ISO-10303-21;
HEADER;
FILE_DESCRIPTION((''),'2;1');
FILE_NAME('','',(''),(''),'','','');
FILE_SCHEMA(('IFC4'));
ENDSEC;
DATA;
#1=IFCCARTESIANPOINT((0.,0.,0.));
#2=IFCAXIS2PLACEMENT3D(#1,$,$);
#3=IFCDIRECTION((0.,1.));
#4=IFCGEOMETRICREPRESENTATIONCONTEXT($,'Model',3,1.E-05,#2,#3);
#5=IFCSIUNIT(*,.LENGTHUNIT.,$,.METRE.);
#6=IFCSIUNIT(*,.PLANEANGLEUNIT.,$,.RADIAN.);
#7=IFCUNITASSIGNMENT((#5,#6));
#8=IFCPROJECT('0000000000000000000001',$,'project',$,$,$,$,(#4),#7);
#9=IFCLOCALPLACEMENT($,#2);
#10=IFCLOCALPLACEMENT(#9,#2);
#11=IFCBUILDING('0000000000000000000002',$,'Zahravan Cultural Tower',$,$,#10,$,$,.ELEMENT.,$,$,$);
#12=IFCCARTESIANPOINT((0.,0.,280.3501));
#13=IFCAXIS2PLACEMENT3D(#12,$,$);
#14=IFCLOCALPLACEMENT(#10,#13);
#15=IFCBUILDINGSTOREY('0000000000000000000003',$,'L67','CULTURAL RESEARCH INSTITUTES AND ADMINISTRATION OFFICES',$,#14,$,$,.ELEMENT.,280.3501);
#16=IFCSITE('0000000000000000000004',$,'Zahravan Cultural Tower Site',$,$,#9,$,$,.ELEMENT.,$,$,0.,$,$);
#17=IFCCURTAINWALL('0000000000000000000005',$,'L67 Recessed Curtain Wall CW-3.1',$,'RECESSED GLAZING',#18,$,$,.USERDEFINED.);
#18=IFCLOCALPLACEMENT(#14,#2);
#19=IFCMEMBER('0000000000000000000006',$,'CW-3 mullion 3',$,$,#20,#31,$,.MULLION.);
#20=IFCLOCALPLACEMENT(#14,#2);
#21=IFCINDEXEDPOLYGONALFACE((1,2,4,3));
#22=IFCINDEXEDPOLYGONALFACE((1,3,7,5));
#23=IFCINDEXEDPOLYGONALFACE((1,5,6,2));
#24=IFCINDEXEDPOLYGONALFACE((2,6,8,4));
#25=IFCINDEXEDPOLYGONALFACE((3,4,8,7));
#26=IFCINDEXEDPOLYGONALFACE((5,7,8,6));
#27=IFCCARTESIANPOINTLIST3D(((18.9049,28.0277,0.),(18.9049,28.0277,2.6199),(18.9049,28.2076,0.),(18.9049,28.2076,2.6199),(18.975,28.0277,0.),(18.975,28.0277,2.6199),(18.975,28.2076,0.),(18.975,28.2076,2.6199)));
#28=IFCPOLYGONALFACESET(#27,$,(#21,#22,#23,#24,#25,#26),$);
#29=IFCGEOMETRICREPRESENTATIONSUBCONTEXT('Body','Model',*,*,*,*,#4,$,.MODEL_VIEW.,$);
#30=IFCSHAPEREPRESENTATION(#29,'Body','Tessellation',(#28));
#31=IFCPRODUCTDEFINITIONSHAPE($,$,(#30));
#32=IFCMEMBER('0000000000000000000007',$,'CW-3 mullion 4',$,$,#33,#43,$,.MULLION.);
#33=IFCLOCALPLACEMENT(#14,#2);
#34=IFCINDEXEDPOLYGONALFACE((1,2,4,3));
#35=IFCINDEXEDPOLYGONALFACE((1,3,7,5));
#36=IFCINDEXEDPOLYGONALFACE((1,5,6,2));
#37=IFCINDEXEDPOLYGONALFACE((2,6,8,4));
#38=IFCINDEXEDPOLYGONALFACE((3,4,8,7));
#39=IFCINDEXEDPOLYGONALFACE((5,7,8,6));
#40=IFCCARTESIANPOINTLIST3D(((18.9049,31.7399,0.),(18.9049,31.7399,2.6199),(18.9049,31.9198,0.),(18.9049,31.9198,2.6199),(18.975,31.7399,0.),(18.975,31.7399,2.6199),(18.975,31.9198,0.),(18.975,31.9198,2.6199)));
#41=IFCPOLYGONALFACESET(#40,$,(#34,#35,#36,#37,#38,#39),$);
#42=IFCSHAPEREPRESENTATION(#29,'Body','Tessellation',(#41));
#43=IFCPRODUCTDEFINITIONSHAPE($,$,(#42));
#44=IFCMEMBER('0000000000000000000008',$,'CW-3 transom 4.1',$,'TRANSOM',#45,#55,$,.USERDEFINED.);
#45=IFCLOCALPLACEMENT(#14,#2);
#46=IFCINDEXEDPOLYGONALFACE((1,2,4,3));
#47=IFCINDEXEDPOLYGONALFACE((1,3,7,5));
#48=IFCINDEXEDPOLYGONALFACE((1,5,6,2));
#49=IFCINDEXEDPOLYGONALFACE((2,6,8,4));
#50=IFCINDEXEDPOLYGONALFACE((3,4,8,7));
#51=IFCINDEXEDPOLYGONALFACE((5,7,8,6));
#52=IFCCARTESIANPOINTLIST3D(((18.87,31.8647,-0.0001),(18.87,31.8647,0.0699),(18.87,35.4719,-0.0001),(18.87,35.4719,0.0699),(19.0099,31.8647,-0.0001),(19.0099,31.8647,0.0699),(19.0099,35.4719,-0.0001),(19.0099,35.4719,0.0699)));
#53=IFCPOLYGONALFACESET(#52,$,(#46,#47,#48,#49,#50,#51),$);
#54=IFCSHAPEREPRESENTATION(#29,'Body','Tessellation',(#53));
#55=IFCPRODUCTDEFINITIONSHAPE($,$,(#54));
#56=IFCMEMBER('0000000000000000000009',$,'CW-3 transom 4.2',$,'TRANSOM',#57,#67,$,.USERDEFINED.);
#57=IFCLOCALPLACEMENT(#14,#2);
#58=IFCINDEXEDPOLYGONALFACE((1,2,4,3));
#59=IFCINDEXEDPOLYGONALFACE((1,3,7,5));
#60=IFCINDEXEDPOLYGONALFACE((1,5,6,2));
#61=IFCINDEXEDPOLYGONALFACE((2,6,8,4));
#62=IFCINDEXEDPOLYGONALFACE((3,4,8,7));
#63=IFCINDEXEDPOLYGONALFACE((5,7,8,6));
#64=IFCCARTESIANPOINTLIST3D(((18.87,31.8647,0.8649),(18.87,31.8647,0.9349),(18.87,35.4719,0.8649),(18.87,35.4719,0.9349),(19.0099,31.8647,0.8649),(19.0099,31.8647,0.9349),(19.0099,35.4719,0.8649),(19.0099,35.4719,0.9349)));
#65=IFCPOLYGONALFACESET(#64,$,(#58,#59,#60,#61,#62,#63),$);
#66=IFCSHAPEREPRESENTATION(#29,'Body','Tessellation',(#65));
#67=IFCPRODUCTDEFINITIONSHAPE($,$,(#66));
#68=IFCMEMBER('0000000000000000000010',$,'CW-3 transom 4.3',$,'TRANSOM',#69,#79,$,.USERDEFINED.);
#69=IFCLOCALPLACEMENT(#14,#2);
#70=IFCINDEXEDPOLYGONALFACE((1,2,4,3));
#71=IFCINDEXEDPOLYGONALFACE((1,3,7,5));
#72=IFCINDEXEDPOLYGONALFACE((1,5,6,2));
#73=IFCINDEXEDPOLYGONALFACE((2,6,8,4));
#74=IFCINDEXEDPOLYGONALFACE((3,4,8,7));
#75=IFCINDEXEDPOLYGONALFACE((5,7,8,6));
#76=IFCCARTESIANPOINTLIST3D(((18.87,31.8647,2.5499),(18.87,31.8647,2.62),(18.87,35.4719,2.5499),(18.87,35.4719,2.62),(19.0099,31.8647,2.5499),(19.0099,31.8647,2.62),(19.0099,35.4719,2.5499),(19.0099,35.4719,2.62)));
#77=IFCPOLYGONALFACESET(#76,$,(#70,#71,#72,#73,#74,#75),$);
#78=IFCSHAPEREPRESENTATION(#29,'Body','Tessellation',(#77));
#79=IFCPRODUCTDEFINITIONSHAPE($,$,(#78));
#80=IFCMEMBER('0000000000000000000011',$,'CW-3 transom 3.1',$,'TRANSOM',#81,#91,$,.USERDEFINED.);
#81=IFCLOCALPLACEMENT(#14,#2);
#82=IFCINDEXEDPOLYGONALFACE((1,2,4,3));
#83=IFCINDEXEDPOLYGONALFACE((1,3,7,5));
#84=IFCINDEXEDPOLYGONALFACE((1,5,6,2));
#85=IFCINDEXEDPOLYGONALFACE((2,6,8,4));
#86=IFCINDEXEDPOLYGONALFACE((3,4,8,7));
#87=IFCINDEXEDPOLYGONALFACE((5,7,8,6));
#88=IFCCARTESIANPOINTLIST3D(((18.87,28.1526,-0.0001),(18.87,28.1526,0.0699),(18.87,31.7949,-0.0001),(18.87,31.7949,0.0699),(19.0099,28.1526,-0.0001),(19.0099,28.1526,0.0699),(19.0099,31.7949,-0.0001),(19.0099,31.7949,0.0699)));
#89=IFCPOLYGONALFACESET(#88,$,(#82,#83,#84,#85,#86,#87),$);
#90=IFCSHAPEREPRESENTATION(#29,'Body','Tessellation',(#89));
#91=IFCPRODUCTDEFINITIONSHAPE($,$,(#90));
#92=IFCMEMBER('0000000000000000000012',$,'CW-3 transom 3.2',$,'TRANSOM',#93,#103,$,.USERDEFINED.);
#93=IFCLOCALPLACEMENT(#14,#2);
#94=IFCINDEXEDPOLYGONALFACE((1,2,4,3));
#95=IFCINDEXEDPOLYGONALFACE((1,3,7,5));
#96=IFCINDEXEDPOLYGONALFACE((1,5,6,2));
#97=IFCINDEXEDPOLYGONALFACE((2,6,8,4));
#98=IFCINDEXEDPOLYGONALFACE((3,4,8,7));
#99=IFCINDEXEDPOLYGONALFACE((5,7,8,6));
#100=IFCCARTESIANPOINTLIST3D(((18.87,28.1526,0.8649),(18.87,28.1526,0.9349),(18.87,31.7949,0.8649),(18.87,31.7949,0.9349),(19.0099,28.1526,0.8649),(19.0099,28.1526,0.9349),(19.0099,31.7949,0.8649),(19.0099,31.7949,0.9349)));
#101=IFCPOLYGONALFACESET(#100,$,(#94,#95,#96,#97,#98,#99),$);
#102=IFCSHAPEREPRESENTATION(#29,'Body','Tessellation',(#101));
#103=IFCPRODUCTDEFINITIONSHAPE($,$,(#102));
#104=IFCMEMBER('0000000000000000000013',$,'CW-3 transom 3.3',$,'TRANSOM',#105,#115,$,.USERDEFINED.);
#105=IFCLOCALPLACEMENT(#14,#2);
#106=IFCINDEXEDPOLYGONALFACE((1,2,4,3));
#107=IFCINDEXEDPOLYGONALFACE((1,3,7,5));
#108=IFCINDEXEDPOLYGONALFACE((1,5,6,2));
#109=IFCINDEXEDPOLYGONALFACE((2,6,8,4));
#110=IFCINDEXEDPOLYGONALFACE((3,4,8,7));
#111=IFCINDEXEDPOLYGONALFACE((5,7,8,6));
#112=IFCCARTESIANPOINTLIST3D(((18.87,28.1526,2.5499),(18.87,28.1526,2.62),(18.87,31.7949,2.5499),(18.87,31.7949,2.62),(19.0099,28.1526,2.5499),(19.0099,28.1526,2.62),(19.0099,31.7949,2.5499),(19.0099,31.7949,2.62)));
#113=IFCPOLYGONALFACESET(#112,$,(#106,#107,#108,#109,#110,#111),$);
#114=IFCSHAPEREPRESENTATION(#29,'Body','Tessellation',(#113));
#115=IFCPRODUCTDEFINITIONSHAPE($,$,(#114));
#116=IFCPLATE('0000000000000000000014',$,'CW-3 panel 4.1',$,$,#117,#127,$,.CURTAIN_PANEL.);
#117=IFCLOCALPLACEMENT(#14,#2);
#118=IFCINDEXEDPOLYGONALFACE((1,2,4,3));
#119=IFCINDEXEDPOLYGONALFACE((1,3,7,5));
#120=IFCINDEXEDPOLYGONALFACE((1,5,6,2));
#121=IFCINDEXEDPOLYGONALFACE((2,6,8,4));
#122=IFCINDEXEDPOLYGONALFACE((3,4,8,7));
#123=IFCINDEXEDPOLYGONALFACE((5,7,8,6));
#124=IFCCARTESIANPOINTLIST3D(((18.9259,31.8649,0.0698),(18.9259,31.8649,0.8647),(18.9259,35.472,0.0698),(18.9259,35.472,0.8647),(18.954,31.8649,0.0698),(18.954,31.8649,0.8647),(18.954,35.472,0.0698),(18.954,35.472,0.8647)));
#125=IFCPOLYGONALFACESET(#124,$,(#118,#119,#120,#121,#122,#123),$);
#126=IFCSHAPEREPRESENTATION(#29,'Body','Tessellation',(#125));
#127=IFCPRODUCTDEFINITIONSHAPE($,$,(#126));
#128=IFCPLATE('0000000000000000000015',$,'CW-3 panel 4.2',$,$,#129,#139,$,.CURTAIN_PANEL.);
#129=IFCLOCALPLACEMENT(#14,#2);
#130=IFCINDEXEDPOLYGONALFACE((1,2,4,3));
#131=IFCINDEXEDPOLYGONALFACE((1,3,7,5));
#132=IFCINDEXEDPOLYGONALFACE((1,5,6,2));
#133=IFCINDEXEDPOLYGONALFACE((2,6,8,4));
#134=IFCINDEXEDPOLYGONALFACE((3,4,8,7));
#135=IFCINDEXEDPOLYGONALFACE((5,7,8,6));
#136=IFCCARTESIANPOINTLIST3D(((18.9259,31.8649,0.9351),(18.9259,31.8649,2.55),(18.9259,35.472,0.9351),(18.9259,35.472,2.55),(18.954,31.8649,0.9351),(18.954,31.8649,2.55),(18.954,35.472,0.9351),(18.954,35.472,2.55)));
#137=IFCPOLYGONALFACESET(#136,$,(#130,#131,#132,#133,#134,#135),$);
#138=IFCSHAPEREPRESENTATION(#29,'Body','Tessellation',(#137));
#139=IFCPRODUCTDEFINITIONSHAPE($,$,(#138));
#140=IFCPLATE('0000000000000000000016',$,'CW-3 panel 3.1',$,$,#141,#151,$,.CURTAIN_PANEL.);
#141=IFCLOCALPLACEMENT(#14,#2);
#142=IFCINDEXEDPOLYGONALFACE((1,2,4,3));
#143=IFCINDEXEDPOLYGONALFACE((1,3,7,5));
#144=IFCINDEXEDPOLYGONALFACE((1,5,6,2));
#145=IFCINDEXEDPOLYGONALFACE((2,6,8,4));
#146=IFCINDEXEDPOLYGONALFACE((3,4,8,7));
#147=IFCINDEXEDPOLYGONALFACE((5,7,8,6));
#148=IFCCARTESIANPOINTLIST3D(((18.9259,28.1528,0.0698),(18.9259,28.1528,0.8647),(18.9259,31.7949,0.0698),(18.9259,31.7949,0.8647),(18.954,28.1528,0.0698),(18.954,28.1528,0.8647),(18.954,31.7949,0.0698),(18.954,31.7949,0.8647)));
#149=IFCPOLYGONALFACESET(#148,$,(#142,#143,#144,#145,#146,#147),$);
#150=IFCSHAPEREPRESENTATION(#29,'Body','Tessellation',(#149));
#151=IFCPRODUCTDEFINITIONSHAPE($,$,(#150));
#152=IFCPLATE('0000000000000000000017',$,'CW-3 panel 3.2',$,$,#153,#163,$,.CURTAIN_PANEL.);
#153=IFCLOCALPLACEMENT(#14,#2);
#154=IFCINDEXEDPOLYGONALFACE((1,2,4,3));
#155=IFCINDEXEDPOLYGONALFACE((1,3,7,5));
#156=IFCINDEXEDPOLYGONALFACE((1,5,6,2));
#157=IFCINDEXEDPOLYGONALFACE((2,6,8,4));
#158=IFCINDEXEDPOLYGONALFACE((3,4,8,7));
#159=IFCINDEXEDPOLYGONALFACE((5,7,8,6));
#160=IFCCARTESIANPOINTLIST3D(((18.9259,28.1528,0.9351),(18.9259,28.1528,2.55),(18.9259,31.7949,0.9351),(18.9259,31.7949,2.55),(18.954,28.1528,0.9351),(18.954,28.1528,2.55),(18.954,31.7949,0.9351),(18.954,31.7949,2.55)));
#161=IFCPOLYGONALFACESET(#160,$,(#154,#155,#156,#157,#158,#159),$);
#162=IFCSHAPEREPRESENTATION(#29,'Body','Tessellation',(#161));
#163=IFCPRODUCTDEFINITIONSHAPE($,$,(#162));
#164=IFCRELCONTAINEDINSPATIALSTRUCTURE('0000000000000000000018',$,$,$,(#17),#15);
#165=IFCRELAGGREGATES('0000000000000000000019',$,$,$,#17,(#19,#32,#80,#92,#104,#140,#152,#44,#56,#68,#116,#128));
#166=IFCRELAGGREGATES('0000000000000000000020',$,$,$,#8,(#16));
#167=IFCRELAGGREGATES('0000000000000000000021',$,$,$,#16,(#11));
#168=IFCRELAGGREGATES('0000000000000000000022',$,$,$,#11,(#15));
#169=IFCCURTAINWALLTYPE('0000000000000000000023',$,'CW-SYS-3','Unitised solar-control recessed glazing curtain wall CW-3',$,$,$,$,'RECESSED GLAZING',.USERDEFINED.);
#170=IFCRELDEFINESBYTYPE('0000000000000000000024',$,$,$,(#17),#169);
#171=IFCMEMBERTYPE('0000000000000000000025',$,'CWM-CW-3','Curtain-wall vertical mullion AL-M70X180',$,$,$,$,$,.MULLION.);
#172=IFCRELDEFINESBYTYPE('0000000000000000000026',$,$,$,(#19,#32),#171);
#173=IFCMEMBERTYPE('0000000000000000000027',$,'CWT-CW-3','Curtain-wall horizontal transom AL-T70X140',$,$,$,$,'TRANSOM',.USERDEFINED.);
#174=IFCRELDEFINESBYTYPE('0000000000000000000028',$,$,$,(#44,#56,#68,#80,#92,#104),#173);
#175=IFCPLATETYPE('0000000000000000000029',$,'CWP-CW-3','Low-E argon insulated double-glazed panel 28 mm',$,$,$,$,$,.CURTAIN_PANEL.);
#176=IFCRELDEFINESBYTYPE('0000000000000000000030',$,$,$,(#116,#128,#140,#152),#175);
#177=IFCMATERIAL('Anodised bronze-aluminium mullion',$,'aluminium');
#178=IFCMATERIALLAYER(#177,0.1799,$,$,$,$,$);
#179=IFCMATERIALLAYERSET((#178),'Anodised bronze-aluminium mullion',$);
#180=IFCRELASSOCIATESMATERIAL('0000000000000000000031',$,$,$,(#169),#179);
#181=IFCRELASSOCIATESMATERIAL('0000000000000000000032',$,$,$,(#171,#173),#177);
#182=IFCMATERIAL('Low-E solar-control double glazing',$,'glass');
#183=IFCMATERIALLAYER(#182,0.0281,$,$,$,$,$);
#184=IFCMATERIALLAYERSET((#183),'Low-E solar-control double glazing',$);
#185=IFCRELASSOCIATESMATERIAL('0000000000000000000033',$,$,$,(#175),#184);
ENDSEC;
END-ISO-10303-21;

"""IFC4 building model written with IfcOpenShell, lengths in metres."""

from ifc_helpers import new_model, si_unit, direction, frame, origin, origin_2d, place, context, subcontext, project, spatial, rectangle, extrude, source, transform, mapped, material, layer, layer_set, material_profile, profile_set, type_object, element, aggregate, save


model = new_model("IFC4")

# Units and contexts
model_context = context("Model", 3, precision=1e-05, world=origin(), true_north=direction((0.0, 1.0)))
body_context = subcontext(model_context, "Body", "Model", "MODEL_VIEW")
ifc_project = project(units=[si_unit("LENGTHUNIT", "METRE"), si_unit("PLANEANGLEUNIT", "RADIAN")], contexts=[model_context])

# Site, building, storey
site_placement = place(None, origin())
site = spatial("IfcSite", under=ifc_project, at=site_placement, Name="Zahravan Cultural Tower Site", CompositionType="ELEMENT", RefElevation=0.0)
building_placement = place(site_placement, origin())
building = spatial("IfcBuilding", under=site, at=building_placement, Name="Zahravan Cultural Tower", CompositionType="ELEMENT")
storey_placement = place(building_placement, frame((0.0, 0.0, 280.3501)))
storey = spatial("IfcBuildingStorey", under=building, at=storey_placement, Name="L67", Description="CULTURAL RESEARCH INSTITUTES AND ADMINISTRATION OFFICES", CompositionType="ELEMENT", Elevation=280.3501)

# Curtain wall, members, plates
ifc_material_1 = material(Name="Anodised bronze-aluminium mullion", Category="aluminium")
ifc_layer_1 = layer(ifc_material_1, 0.1799)
ifc_layer_set_1 = layer_set([ifc_layer_1], Name="Anodised bronze-aluminium mullion")
curtain_wall_type = type_object("IfcCurtainWallType", Name="CW-SYS-3", Description="Unitised solar-control recessed glazing curtain wall CW-3", ElementType="RECESSED GLAZING", PredefinedType="USERDEFINED", material=ifc_layer_set_1)
curtain_wall_placement = place(storey_placement, origin())
curtain_wall = element("IfcCurtainWall", 1, at=curtain_wall_placement, inside=storey, type_object=curtain_wall_type, Name="L67 Recessed Curtain Wall CW-3.1", ObjectType="RECESSED GLAZING", PredefinedType="USERDEFINED")
ifc_material_profile_1 = material_profile(ifc_material_1, rectangle(XDim=0.0701, YDim=0.1799, at=origin_2d()), Name="AL-M70X180")
ifc_profile_set_1 = profile_set([ifc_material_profile_1], Name="Anodised bronze-aluminium mullion")
member_type_1 = type_object("IfcMemberType", Name="CWM-CW-3", Description="Curtain-wall vertical mullion AL-M70X180", PredefinedType="MULLION", material=ifc_profile_set_1)
shared_shape_1 = source(origin(), body_context, "Body", "SweptSolid", [
    extrude(rectangle(XDim=0.0701, YDim=0.1799, at=origin_2d()), origin(), (0.0, 0.0, 1.0), 2.6199),
])
member_1_placement = place(storey_placement, frame((18.9399, 28.1177, 0.0), z_axis=(0.0, 0.0, 1.0), x_axis=(-1.0, 0.0, 0.0)))
member_1 = element("IfcMember", 2, at=member_1_placement, type_object=member_type_1, Name="CW-3 mullion 3", PredefinedType="MULLION", context=body_context, shape_type="MappedRepresentation", body=[
    mapped(shared_shape_1, transform((0.0, 0.0, 0.0), x_axis=(1.0, 0.0, 0.0), y_axis=(0.0, 1.0, 0.0), z_axis=(0.0, 0.0, 1.0), scale=1.0)),
])
member_2_placement = place(storey_placement, frame((18.9399, 31.8298, 0.0), z_axis=(0.0, 0.0, 1.0), x_axis=(-1.0, 0.0, 0.0)))
member_2 = element("IfcMember", 3, at=member_2_placement, type_object=member_type_1, Name="CW-3 mullion 4", PredefinedType="MULLION", context=body_context, shape_type="MappedRepresentation", body=[
    mapped(shared_shape_1, transform((0.0, 0.0, 0.0), x_axis=(1.0, 0.0, 0.0), y_axis=(0.0, 1.0, 0.0), z_axis=(0.0, 0.0, 1.0), scale=1.0)),
])
ifc_material_profile_2 = material_profile(ifc_material_1, rectangle(XDim=0.1399, YDim=0.0701, at=origin_2d()), Name="AL-T70X140")
ifc_profile_set_2 = profile_set([ifc_material_profile_2], Name="Anodised bronze-aluminium mullion")
member_type_2 = type_object("IfcMemberType", Name="CWT-CW-3", Description="Curtain-wall horizontal transom AL-T70X140", ElementType="TRANSOM", PredefinedType="USERDEFINED", material=ifc_profile_set_2)
shared_shape_2 = source(origin(), body_context, "Body", "SweptSolid", [
    extrude(rectangle(XDim=0.1399, YDim=0.0701, at=origin_2d()), origin(), (0.0, 0.0, 1.0), 3.6072),
])
member_3_placement = place(storey_placement, frame((18.9399, 31.8647, 0.0349), z_axis=(0.0, 1.0, 0.0), x_axis=(-1.0, 0.0, 0.0)))
member_3 = element("IfcMember", 4, at=member_3_placement, type_object=member_type_2, Name="CW-3 transom 4.1", ObjectType="TRANSOM", PredefinedType="USERDEFINED", context=body_context, shape_type="MappedRepresentation", body=[
    mapped(shared_shape_2, transform((0.0, 0.0, 0.0), x_axis=(1.0, 0.0, 0.0), y_axis=(0.0, 1.0, 0.0), z_axis=(0.0, 0.0, 1.0), scale=1.0)),
])
member_4_placement = place(storey_placement, frame((18.9399, 31.8647, 0.8999), z_axis=(0.0, 1.0, 0.0), x_axis=(-1.0, 0.0, 0.0)))
member_4 = element("IfcMember", 5, at=member_4_placement, type_object=member_type_2, Name="CW-3 transom 4.2", ObjectType="TRANSOM", PredefinedType="USERDEFINED", context=body_context, shape_type="MappedRepresentation", body=[
    mapped(shared_shape_2, transform((0.0, 0.0, 0.0), x_axis=(1.0, 0.0, 0.0), y_axis=(0.0, 1.0, 0.0), z_axis=(0.0, 0.0, 1.0), scale=1.0)),
])
member_5_placement = place(storey_placement, frame((18.9399, 31.8647, 2.585), z_axis=(0.0, 1.0, 0.0), x_axis=(-1.0, 0.0, 0.0)))
member_5 = element("IfcMember", 6, at=member_5_placement, type_object=member_type_2, Name="CW-3 transom 4.3", ObjectType="TRANSOM", PredefinedType="USERDEFINED", context=body_context, shape_type="MappedRepresentation", body=[
    mapped(shared_shape_2, transform((0.0, 0.0, 0.0), x_axis=(1.0, 0.0, 0.0), y_axis=(0.0, 1.0, 0.0), z_axis=(0.0, 0.0, 1.0), scale=1.0)),
])
shared_shape_3 = source(origin(), body_context, "Body", "SweptSolid", [
    extrude(rectangle(XDim=0.1399, YDim=0.0701, at=origin_2d()), origin(), (0.0, 0.0, 1.0), 3.6423),
])
member_6_placement = place(storey_placement, frame((18.9399, 28.1526, 0.0349), z_axis=(0.0, 1.0, 0.0), x_axis=(-1.0, 0.0, 0.0)))
member_6 = element("IfcMember", 7, at=member_6_placement, type_object=member_type_2, Name="CW-3 transom 3.1", ObjectType="TRANSOM", PredefinedType="USERDEFINED", context=body_context, shape_type="MappedRepresentation", body=[
    mapped(shared_shape_3, transform((0.0, 0.0, 0.0), x_axis=(1.0, 0.0, 0.0), y_axis=(0.0, 1.0, 0.0), z_axis=(0.0, 0.0, 1.0), scale=1.0)),
])
member_7_placement = place(storey_placement, frame((18.9399, 28.1526, 0.8999), z_axis=(0.0, 1.0, 0.0), x_axis=(-1.0, 0.0, 0.0)))
member_7 = element("IfcMember", 8, at=member_7_placement, type_object=member_type_2, Name="CW-3 transom 3.2", ObjectType="TRANSOM", PredefinedType="USERDEFINED", context=body_context, shape_type="MappedRepresentation", body=[
    mapped(shared_shape_3, transform((0.0, 0.0, 0.0), x_axis=(1.0, 0.0, 0.0), y_axis=(0.0, 1.0, 0.0), z_axis=(0.0, 0.0, 1.0), scale=1.0)),
])
member_8_placement = place(storey_placement, frame((18.9399, 28.1526, 2.585), z_axis=(0.0, 1.0, 0.0), x_axis=(-1.0, 0.0, 0.0)))
member_8 = element("IfcMember", 9, at=member_8_placement, type_object=member_type_2, Name="CW-3 transom 3.3", ObjectType="TRANSOM", PredefinedType="USERDEFINED", context=body_context, shape_type="MappedRepresentation", body=[
    mapped(shared_shape_3, transform((0.0, 0.0, 0.0), x_axis=(1.0, 0.0, 0.0), y_axis=(0.0, 1.0, 0.0), z_axis=(0.0, 0.0, 1.0), scale=1.0)),
])
ifc_material_2 = material(Name="Low-E solar-control double glazing", Category="glass")
ifc_layer_2 = layer(ifc_material_2, 0.0281)
ifc_layer_set_2 = layer_set([ifc_layer_2], Name="Low-E solar-control double glazing")
plate_type = type_object("IfcPlateType", Name="CWP-CW-3", Description="Low-E argon insulated double-glazed panel 28 mm", PredefinedType="CURTAIN_PANEL", material=ifc_layer_set_2)
shared_shape_4 = source(origin(), body_context, "Body", "SweptSolid", [
    extrude(rectangle(XDim=3.6072, YDim=0.0281, at=origin_2d()), origin(), (0.0, 0.0, 1.0), 0.7949),
])
plate_1_placement = place(storey_placement, frame((18.9399, 33.6685, 0.0698), z_axis=(0.0, 0.0, 1.0), x_axis=(0.0, 1.0, 0.0)))
plate_1 = element("IfcPlate", 10, at=plate_1_placement, type_object=plate_type, Name="CW-3 panel 4.1", PredefinedType="CURTAIN_PANEL", context=body_context, shape_type="MappedRepresentation", body=[
    mapped(shared_shape_4, transform((0.0, 0.0, 0.0), x_axis=(1.0, 0.0, 0.0), y_axis=(0.0, 1.0, 0.0), z_axis=(0.0, 0.0, 1.0), scale=1.0)),
])
shared_shape_5 = source(origin(), body_context, "Body", "SweptSolid", [
    extrude(rectangle(XDim=3.6072, YDim=0.0281, at=origin_2d()), origin(), (0.0, 0.0, 1.0), 1.615),
])
plate_2_placement = place(storey_placement, frame((18.9399, 33.6685, 0.9351), z_axis=(0.0, 0.0, 1.0), x_axis=(0.0, 1.0, 0.0)))
plate_2 = element("IfcPlate", 11, at=plate_2_placement, type_object=plate_type, Name="CW-3 panel 4.2", PredefinedType="CURTAIN_PANEL", context=body_context, shape_type="MappedRepresentation", body=[
    mapped(shared_shape_5, transform((0.0, 0.0, 0.0), x_axis=(1.0, 0.0, 0.0), y_axis=(0.0, 1.0, 0.0), z_axis=(0.0, 0.0, 1.0), scale=1.0)),
])
shared_shape_6 = source(origin(), body_context, "Body", "SweptSolid", [
    extrude(rectangle(XDim=3.6421, YDim=0.0281, at=origin_2d()), origin(), (0.0, 0.0, 1.0), 0.7949),
])
plate_3_placement = place(storey_placement, frame((18.9399, 29.9739, 0.0698), z_axis=(0.0, 0.0, 1.0), x_axis=(0.0, 1.0, 0.0)))
plate_3 = element("IfcPlate", 12, at=plate_3_placement, type_object=plate_type, Name="CW-3 panel 3.1", PredefinedType="CURTAIN_PANEL", context=body_context, shape_type="MappedRepresentation", body=[
    mapped(shared_shape_6, transform((0.0, 0.0, 0.0), x_axis=(1.0, 0.0, 0.0), y_axis=(0.0, 1.0, 0.0), z_axis=(0.0, 0.0, 1.0), scale=1.0)),
])
shared_shape_7 = source(origin(), body_context, "Body", "SweptSolid", [
    extrude(rectangle(XDim=3.6421, YDim=0.0281, at=origin_2d()), origin(), (0.0, 0.0, 1.0), 1.615),
])
plate_4_placement = place(storey_placement, frame((18.9399, 29.9739, 0.9351), z_axis=(0.0, 0.0, 1.0), x_axis=(0.0, 1.0, 0.0)))
plate_4 = element("IfcPlate", 13, at=plate_4_placement, type_object=plate_type, Name="CW-3 panel 3.2", PredefinedType="CURTAIN_PANEL", context=body_context, shape_type="MappedRepresentation", body=[
    mapped(shared_shape_7, transform((0.0, 0.0, 0.0), x_axis=(1.0, 0.0, 0.0), y_axis=(0.0, 1.0, 0.0), z_axis=(0.0, 0.0, 1.0), scale=1.0)),
])
aggregate(curtain_wall, [member_1, member_2, member_6, member_7, member_8, plate_3, plate_4, member_3, member_4, member_5, plate_1, plate_2])

save(model, "model.ifc")
